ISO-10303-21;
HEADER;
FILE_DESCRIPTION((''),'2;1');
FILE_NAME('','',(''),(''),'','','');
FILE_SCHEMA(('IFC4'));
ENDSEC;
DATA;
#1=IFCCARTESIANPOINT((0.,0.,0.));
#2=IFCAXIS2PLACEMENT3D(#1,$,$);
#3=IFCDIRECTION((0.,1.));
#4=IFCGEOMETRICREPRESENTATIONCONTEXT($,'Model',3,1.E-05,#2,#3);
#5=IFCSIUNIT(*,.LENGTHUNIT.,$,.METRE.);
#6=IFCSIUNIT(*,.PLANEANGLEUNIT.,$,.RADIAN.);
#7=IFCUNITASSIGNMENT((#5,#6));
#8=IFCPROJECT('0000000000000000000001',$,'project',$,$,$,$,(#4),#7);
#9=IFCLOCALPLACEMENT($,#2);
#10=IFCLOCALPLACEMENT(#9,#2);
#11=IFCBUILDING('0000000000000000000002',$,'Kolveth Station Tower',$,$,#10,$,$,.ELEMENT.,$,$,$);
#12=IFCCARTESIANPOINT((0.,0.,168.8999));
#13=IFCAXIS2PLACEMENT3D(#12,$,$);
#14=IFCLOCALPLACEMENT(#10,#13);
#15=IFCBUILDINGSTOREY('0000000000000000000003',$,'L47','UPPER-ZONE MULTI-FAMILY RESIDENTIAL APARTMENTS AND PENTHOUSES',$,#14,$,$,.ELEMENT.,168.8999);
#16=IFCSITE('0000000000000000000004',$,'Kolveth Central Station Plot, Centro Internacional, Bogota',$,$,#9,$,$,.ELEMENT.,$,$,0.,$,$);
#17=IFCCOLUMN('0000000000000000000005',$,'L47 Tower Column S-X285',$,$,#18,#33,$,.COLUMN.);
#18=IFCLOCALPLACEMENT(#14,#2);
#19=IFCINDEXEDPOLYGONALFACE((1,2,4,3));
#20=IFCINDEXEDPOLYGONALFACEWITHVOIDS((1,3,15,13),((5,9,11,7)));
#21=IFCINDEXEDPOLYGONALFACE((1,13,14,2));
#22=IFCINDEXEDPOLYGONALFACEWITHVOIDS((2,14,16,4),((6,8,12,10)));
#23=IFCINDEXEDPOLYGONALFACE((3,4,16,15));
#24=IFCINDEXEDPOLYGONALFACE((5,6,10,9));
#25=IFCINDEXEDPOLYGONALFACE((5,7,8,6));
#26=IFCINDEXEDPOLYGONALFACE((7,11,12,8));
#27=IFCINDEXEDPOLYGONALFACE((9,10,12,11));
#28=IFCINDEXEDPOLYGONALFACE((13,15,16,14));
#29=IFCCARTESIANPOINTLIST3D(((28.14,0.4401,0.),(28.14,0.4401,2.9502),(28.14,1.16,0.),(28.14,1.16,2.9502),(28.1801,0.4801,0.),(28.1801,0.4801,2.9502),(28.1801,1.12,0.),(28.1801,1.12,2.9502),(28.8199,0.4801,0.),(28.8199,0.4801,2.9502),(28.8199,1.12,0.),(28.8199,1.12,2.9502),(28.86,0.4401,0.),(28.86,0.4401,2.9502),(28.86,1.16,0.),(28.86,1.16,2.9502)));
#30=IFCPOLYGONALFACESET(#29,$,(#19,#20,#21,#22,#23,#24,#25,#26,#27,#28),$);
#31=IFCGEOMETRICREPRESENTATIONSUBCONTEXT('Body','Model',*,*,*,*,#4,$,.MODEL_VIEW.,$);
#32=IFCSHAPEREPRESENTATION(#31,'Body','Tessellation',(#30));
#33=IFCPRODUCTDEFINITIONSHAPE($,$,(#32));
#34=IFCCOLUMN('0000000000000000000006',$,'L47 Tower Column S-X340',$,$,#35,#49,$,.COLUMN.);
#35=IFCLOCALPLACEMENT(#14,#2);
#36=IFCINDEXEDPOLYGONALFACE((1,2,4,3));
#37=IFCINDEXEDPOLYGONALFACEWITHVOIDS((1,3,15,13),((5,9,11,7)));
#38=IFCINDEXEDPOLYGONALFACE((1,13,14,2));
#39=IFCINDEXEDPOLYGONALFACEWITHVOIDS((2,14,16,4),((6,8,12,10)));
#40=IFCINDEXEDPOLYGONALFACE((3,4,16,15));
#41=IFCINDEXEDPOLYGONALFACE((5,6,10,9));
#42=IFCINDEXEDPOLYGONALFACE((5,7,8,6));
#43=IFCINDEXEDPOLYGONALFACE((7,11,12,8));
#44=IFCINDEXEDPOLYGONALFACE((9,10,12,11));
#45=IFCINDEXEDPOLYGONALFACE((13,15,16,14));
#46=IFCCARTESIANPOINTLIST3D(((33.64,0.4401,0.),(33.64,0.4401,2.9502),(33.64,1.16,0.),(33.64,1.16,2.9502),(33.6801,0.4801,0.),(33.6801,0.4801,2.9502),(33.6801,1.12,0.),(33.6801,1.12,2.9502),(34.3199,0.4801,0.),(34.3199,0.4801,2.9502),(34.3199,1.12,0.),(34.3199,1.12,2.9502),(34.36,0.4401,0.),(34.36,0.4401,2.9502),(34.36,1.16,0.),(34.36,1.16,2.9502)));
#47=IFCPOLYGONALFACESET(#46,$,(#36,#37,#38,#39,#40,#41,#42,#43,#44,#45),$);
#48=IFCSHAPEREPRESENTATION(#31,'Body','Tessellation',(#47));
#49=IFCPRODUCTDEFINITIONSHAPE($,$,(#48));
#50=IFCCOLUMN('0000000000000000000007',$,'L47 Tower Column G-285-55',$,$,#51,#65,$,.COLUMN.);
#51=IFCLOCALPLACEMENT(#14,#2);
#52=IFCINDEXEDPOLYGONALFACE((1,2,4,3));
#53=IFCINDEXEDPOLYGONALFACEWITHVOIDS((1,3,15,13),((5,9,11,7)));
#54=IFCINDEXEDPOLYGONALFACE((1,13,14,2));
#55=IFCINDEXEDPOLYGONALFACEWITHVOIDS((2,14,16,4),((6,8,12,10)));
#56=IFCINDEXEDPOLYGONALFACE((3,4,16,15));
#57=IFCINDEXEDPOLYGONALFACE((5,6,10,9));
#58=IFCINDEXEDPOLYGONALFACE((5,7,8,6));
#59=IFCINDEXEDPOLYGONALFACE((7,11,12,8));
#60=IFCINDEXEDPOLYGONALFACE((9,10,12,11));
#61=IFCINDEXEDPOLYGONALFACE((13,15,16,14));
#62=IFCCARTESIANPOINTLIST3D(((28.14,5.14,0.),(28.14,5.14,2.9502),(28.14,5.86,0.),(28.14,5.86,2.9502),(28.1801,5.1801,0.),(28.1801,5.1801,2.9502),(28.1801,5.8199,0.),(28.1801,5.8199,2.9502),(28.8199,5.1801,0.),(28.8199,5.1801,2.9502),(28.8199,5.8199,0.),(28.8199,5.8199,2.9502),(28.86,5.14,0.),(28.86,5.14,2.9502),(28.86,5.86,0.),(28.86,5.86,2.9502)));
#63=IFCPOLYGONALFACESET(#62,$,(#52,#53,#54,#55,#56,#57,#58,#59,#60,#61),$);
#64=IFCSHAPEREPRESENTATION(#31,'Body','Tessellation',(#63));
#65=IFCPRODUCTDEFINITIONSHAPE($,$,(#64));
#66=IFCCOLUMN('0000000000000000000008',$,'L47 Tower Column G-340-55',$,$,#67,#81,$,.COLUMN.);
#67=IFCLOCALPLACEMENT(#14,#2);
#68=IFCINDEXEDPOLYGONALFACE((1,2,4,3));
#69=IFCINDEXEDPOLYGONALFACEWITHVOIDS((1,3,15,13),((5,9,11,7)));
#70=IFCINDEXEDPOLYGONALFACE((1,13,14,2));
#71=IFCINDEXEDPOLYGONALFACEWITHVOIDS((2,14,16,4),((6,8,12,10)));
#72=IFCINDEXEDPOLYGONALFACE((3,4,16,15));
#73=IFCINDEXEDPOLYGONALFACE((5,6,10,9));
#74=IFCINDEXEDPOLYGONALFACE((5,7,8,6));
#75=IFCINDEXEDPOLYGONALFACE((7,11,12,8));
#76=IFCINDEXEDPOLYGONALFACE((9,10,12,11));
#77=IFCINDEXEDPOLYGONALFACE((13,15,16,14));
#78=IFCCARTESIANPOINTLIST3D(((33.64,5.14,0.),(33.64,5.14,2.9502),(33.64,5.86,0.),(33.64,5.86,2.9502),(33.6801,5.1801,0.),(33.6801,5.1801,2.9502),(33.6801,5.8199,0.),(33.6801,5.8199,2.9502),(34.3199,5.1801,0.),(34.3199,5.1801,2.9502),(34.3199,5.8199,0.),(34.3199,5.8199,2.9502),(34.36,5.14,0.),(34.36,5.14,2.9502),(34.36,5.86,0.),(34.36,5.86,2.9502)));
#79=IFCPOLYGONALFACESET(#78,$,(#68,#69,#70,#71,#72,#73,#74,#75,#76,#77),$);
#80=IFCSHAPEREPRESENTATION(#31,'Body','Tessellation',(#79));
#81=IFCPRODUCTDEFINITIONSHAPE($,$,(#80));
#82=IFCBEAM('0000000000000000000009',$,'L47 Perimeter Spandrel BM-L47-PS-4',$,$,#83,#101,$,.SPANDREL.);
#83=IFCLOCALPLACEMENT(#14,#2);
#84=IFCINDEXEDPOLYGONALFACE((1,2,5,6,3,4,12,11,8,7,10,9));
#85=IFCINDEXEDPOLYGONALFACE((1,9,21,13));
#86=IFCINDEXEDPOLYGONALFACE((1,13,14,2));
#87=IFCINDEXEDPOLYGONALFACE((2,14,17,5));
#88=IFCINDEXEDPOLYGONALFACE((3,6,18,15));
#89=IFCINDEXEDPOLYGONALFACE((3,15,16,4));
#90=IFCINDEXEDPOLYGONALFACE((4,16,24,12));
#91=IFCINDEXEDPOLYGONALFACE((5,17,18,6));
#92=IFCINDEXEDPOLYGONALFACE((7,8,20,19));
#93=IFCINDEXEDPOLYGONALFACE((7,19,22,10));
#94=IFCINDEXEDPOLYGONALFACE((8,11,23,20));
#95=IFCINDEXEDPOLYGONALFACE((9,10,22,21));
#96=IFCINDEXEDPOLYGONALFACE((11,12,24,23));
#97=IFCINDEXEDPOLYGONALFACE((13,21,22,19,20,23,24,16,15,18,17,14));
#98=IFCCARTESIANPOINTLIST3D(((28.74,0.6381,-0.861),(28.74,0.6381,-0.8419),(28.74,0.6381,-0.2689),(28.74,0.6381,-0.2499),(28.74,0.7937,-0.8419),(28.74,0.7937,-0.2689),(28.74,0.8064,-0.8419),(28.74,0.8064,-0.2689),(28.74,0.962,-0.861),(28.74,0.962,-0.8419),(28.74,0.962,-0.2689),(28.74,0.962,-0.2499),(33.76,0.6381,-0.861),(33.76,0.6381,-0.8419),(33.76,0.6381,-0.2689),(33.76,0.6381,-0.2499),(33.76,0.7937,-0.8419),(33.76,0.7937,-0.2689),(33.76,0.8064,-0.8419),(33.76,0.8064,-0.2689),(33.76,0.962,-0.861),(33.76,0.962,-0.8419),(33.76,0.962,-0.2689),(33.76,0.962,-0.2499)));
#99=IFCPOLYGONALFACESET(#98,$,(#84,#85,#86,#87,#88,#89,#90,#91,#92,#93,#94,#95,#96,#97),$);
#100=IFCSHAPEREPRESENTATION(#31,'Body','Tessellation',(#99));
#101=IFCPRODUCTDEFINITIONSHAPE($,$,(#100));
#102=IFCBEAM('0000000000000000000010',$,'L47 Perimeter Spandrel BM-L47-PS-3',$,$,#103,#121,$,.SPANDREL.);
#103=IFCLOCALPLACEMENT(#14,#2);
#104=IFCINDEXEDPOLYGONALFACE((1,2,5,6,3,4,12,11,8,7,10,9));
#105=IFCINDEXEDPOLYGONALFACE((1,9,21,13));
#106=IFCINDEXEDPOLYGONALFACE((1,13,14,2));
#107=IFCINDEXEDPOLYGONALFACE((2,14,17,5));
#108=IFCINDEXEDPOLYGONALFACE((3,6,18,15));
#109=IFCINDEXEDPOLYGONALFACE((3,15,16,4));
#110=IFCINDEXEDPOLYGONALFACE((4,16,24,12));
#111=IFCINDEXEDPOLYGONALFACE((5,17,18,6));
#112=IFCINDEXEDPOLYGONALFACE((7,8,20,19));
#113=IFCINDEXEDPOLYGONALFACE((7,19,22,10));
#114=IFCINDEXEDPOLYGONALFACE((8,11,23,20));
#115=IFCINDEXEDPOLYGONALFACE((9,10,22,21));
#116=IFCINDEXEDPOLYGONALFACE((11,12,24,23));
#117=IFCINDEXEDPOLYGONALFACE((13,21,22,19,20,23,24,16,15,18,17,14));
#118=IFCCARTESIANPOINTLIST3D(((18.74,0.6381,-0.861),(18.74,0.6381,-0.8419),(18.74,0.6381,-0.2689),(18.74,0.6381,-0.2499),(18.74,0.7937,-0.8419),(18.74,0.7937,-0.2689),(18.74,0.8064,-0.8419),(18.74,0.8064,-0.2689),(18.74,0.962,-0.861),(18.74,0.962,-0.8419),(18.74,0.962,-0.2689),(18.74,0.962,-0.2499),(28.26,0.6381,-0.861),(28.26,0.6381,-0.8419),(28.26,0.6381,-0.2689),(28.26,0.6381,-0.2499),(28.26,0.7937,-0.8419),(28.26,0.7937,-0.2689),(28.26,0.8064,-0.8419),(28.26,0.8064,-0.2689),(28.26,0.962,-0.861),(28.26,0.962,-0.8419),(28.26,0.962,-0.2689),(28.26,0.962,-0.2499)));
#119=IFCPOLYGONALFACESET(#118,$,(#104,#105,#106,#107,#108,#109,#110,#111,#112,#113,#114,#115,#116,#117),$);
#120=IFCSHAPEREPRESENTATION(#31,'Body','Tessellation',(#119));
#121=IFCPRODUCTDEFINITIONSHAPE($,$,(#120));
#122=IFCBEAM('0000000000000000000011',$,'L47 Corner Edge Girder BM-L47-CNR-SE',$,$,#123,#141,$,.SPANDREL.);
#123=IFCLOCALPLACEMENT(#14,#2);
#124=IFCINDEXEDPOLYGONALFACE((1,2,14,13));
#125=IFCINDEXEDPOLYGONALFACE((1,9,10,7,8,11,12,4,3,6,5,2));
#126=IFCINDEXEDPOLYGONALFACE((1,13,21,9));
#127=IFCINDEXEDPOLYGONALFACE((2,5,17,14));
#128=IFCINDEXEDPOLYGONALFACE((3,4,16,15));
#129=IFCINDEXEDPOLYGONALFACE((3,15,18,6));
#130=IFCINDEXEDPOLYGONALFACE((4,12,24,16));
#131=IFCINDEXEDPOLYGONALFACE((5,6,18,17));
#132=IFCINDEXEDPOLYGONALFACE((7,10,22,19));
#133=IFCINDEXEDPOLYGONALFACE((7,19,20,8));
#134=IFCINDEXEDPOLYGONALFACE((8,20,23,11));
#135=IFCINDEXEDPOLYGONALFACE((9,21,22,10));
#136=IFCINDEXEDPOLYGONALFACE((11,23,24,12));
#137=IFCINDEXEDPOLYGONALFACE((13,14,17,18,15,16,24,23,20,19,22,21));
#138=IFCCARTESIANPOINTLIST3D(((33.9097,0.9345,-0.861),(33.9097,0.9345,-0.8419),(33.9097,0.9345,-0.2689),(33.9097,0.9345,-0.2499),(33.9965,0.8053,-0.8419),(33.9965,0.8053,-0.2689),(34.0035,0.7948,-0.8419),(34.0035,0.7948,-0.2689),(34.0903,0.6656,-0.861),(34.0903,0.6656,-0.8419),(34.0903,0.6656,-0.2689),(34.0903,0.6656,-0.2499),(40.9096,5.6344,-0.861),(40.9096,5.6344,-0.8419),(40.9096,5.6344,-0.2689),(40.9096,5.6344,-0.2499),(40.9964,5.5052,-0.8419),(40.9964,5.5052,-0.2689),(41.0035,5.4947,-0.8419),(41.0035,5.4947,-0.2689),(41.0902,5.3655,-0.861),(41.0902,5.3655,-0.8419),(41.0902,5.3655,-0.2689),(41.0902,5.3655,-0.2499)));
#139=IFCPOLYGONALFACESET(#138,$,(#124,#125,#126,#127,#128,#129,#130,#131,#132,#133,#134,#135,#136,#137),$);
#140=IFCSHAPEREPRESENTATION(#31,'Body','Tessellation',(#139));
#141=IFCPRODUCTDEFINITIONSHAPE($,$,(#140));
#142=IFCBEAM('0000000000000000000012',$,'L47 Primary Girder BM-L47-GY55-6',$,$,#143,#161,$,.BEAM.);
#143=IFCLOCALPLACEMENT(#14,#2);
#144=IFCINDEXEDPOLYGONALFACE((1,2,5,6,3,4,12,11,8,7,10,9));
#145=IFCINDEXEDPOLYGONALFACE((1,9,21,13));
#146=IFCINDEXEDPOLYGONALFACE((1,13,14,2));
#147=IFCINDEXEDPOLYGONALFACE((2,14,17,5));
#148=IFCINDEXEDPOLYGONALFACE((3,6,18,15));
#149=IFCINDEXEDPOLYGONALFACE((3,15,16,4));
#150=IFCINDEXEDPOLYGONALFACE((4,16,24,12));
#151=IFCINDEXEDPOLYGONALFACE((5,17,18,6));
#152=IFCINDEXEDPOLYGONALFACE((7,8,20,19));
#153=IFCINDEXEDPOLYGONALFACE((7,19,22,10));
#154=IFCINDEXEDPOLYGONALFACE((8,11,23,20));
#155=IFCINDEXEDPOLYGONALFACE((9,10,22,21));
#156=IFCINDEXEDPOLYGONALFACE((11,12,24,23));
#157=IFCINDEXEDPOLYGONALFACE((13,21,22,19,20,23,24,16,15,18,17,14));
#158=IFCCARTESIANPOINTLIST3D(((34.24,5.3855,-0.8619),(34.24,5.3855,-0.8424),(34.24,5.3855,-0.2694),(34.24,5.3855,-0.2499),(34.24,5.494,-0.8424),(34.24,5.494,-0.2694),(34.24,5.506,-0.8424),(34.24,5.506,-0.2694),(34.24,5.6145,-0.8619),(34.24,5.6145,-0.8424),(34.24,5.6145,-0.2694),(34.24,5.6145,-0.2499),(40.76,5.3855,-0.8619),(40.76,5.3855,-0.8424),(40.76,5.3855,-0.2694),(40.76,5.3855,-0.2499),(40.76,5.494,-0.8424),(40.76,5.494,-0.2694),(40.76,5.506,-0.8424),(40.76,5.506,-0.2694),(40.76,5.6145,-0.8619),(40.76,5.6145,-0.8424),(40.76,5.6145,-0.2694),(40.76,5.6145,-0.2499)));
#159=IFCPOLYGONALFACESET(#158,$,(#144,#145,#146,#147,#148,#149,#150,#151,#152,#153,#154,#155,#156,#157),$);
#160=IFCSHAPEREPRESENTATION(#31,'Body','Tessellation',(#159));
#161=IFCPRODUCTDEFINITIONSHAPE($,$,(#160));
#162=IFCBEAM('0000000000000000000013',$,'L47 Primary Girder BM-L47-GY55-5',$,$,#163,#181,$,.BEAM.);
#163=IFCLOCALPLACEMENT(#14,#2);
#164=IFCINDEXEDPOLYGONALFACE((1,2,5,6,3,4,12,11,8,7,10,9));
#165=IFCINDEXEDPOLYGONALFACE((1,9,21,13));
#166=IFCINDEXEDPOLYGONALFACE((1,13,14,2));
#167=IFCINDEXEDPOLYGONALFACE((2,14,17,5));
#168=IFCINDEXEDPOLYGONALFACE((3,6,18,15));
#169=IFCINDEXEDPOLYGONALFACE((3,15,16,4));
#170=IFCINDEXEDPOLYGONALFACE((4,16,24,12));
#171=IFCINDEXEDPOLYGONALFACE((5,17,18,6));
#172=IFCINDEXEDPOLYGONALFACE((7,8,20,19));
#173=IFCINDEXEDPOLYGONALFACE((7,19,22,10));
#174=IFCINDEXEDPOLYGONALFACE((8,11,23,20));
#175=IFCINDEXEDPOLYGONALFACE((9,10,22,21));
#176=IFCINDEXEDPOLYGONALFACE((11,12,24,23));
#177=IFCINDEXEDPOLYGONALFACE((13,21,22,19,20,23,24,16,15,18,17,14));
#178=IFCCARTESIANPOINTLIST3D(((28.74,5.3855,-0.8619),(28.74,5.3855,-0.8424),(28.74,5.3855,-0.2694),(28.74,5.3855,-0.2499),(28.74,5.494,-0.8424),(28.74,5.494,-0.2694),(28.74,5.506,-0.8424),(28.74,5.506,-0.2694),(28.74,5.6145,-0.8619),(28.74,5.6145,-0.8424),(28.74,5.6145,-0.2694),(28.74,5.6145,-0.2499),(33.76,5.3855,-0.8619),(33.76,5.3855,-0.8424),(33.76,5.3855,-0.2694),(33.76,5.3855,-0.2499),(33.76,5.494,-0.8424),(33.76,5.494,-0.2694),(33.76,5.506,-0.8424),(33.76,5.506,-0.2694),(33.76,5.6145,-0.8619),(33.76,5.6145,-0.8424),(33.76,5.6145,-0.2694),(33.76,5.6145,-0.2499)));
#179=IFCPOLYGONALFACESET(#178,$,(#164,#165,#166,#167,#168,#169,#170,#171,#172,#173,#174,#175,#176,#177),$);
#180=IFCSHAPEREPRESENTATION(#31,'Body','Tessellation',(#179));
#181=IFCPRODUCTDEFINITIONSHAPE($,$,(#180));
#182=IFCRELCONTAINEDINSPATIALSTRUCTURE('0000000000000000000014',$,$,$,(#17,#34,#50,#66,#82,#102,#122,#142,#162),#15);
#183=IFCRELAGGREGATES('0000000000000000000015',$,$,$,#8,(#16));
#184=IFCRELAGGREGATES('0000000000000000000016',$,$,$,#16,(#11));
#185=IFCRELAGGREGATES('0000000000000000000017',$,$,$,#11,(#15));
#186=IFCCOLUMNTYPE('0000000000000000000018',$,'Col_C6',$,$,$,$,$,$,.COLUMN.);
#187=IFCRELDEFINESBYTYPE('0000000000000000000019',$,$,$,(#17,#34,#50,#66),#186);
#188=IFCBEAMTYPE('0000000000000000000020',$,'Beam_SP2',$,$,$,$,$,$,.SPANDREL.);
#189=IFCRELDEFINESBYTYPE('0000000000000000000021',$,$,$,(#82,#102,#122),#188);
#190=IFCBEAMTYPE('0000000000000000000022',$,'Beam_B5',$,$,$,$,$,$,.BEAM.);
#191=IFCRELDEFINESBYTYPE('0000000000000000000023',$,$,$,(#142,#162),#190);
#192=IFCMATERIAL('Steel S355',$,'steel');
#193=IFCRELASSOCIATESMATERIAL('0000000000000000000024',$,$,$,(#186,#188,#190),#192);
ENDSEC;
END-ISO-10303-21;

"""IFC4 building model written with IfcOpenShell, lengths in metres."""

from ifc_helpers import new_model, si_unit, direction, frame, origin, origin_2d, place, context, subcontext, project, spatial, hollow_rectangle, i_section, extrude, source, transform, mapped, material, material_profile, profile_set, type_object, element, save


model = new_model("IFC4")

# Units and contexts
model_context = context("Model", 3, precision=1e-05, world=origin(), true_north=direction((0.0, 1.0)))
body_context = subcontext(model_context, "Body", "Model", "MODEL_VIEW")
ifc_project = project(units=[si_unit("LENGTHUNIT", "METRE"), si_unit("PLANEANGLEUNIT", "RADIAN")], contexts=[model_context])

# Site, building, storey
site_placement = place(None, origin())
site = spatial("IfcSite", under=ifc_project, at=site_placement, Name="Kolveth Central Station Plot, Centro Internacional, Bogota", CompositionType="ELEMENT", RefElevation=0.0)
building_placement = place(site_placement, origin())
building = spatial("IfcBuilding", under=site, at=building_placement, Name="Kolveth Station Tower", CompositionType="ELEMENT")
storey_placement = place(building_placement, frame((0.0, 0.0, 168.8999)))
storey = spatial("IfcBuildingStorey", under=building, at=storey_placement, Name="L47", Description="UPPER-ZONE MULTI-FAMILY RESIDENTIAL APARTMENTS AND PENTHOUSES", CompositionType="ELEMENT", Elevation=168.8999)

# Columns
ifc_material_1 = material(Name="Steel S355", Category="steel")
ifc_material_profile_1 = material_profile(ifc_material_1, hollow_rectangle(XDim=0.72, YDim=0.72, WallThickness=0.04, at=origin_2d()), Name="BOX720x720x40")
ifc_profile_set_1 = profile_set([ifc_material_profile_1], Name="Steel S355")
column_type = type_object("IfcColumnType", Name="Col_C6", PredefinedType="COLUMN", material=ifc_profile_set_1)
shared_shape_1 = source(origin(), body_context, "Body", "SweptSolid", [
    extrude(hollow_rectangle(XDim=0.72, YDim=0.72, WallThickness=0.04, at=origin_2d()), origin(), (0.0, 0.0, 1.0), 2.9502),
])
for number, where, z_axis, x_axis, name in (
    (1, (28.5, 0.8, 0.0), (0.0, 0.0, 1.0), (1.0, 0.0, 0.0), "L47 Tower Column S-X285"),
    (2, (34.0, 0.8, 0.0), (0.0, 0.0, 1.0), (1.0, 0.0, 0.0), "L47 Tower Column S-X340"),
    (3, (28.5, 5.5, 0.0), (0.0, 0.0, 1.0), (1.0, 0.0, 0.0), "L47 Tower Column G-285-55"),
    (4, (34.0, 5.5, 0.0), (0.0, 0.0, 1.0), (1.0, 0.0, 0.0), "L47 Tower Column G-340-55"),
):
    element("IfcColumn", number, at=place(storey_placement, frame(where, z_axis=z_axis, x_axis=x_axis)), inside=storey, type_object=column_type, Name=name, PredefinedType="COLUMN", context=body_context, shape_type="MappedRepresentation", body=[
        mapped(shared_shape_1, transform((0.0, 0.0, 0.0), x_axis=(1.0, 0.0, 0.0), y_axis=(0.0, 1.0, 0.0), z_axis=(0.0, 0.0, 1.0), scale=1.0)),
    ])

# Beams
ifc_material_profile_2 = material_profile(ifc_material_1, i_section(OverallWidth=0.324, OverallDepth=0.6111, WebThickness=0.0127, FlangeThickness=0.019, at=origin_2d()), Name="W610x155")
ifc_profile_set_2 = profile_set([ifc_material_profile_2], Name="Steel S355")
beam_type_1 = type_object("IfcBeamType", Name="Beam_SP2", PredefinedType="SPANDREL", material=ifc_profile_set_2)
shared_shape_2 = source(origin(), body_context, "Body", "SweptSolid", [
    extrude(i_section(OverallWidth=0.324, OverallDepth=0.6111, WebThickness=0.0127, FlangeThickness=0.019, at=origin_2d()), origin(), (0.0, 0.0, 1.0), 5.02),
])
beam_1_placement = place(storey_placement, frame((28.74, 0.8, -0.5554), z_axis=(1.0, 0.0, 0.0), x_axis=(0.0, 1.0, 0.0)))
element("IfcBeam", 5, at=beam_1_placement, inside=storey, type_object=beam_type_1, Name="L47 Perimeter Spandrel BM-L47-PS-4", PredefinedType="SPANDREL", context=body_context, shape_type="MappedRepresentation", body=[
    mapped(shared_shape_2, transform((0.0, 0.0, 0.0), x_axis=(1.0, 0.0, 0.0), y_axis=(0.0, 1.0, 0.0), z_axis=(0.0, 0.0, 1.0), scale=1.0)),
])
shared_shape_3 = source(origin(), body_context, "Body", "SweptSolid", [
    extrude(i_section(OverallWidth=0.324, OverallDepth=0.6111, WebThickness=0.0127, FlangeThickness=0.019, at=origin_2d()), origin(), (0.0, 0.0, 1.0), 9.52),
])
beam_2_placement = place(storey_placement, frame((18.74, 0.8, -0.5554), z_axis=(1.0, 0.0, 0.0), x_axis=(0.0, 1.0, 0.0)))
element("IfcBeam", 6, at=beam_2_placement, inside=storey, type_object=beam_type_1, Name="L47 Perimeter Spandrel BM-L47-PS-3", PredefinedType="SPANDREL", context=body_context, shape_type="MappedRepresentation", body=[
    mapped(shared_shape_3, transform((0.0, 0.0, 0.0), x_axis=(1.0, 0.0, 0.0), y_axis=(0.0, 1.0, 0.0), z_axis=(0.0, 0.0, 1.0), scale=1.0)),
])
shared_shape_4 = source(origin(), body_context, "Body", "SweptSolid", [
    extrude(i_section(OverallWidth=0.324, OverallDepth=0.6111, WebThickness=0.0127, FlangeThickness=0.019, at=origin_2d()), origin(), (0.0, 0.0, 1.0), 8.4314),
])
beam_3_placement = place(storey_placement, frame((34.0, 0.8, -0.5554), z_axis=(0.830224, 0.55743, 0.0), x_axis=(-0.55743, 0.830224, 0.0)))
element("IfcBeam", 7, at=beam_3_placement, inside=storey, type_object=beam_type_1, Name="L47 Corner Edge Girder BM-L47-CNR-SE", PredefinedType="SPANDREL", context=body_context, shape_type="MappedRepresentation", body=[
    mapped(shared_shape_4, transform((0.0, 0.0, 0.0), x_axis=(1.0, 0.0, 0.0), y_axis=(0.0, 1.0, 0.0), z_axis=(0.0, 0.0, 1.0), scale=1.0)),
])
ifc_material_profile_3 = material_profile(ifc_material_1, i_section(OverallWidth=0.229, OverallDepth=0.6121, WebThickness=0.012, FlangeThickness=0.0195, at=origin_2d()), Name="W610x125")
ifc_profile_set_3 = profile_set([ifc_material_profile_3], Name="Steel S355")
beam_type_2 = type_object("IfcBeamType", Name="Beam_B5", PredefinedType="BEAM", material=ifc_profile_set_3)
shared_shape_5 = source(origin(), body_context, "Body", "SweptSolid", [
    extrude(i_section(OverallWidth=0.229, OverallDepth=0.6121, WebThickness=0.012, FlangeThickness=0.0195, at=origin_2d()), origin(), (0.0, 0.0, 1.0), 6.52),
])
beam_4_placement = place(storey_placement, frame((34.24, 5.5, -0.5559), z_axis=(1.0, 0.0, 0.0), x_axis=(0.0, 1.0, 0.0)))
element("IfcBeam", 8, at=beam_4_placement, inside=storey, type_object=beam_type_2, Name="L47 Primary Girder BM-L47-GY55-6", PredefinedType="BEAM", context=body_context, shape_type="MappedRepresentation", body=[
    mapped(shared_shape_5, transform((0.0, 0.0, 0.0), x_axis=(1.0, 0.0, 0.0), y_axis=(0.0, 1.0, 0.0), z_axis=(0.0, 0.0, 1.0), scale=1.0)),
])
shared_shape_6 = source(origin(), body_context, "Body", "SweptSolid", [
    extrude(i_section(OverallWidth=0.229, OverallDepth=0.6121, WebThickness=0.012, FlangeThickness=0.0195, at=origin_2d()), origin(), (0.0, 0.0, 1.0), 5.02),
])
beam_5_placement = place(storey_placement, frame((28.74, 5.5, -0.5559), z_axis=(1.0, 0.0, 0.0), x_axis=(0.0, 1.0, 0.0)))
element("IfcBeam", 9, at=beam_5_placement, inside=storey, type_object=beam_type_2, Name="L47 Primary Girder BM-L47-GY55-5", PredefinedType="BEAM", context=body_context, shape_type="MappedRepresentation", body=[
    mapped(shared_shape_6, transform((0.0, 0.0, 0.0), x_axis=(1.0, 0.0, 0.0), y_axis=(0.0, 1.0, 0.0), z_axis=(0.0, 0.0, 1.0), scale=1.0)),
])

save(model, "model.ifc")
